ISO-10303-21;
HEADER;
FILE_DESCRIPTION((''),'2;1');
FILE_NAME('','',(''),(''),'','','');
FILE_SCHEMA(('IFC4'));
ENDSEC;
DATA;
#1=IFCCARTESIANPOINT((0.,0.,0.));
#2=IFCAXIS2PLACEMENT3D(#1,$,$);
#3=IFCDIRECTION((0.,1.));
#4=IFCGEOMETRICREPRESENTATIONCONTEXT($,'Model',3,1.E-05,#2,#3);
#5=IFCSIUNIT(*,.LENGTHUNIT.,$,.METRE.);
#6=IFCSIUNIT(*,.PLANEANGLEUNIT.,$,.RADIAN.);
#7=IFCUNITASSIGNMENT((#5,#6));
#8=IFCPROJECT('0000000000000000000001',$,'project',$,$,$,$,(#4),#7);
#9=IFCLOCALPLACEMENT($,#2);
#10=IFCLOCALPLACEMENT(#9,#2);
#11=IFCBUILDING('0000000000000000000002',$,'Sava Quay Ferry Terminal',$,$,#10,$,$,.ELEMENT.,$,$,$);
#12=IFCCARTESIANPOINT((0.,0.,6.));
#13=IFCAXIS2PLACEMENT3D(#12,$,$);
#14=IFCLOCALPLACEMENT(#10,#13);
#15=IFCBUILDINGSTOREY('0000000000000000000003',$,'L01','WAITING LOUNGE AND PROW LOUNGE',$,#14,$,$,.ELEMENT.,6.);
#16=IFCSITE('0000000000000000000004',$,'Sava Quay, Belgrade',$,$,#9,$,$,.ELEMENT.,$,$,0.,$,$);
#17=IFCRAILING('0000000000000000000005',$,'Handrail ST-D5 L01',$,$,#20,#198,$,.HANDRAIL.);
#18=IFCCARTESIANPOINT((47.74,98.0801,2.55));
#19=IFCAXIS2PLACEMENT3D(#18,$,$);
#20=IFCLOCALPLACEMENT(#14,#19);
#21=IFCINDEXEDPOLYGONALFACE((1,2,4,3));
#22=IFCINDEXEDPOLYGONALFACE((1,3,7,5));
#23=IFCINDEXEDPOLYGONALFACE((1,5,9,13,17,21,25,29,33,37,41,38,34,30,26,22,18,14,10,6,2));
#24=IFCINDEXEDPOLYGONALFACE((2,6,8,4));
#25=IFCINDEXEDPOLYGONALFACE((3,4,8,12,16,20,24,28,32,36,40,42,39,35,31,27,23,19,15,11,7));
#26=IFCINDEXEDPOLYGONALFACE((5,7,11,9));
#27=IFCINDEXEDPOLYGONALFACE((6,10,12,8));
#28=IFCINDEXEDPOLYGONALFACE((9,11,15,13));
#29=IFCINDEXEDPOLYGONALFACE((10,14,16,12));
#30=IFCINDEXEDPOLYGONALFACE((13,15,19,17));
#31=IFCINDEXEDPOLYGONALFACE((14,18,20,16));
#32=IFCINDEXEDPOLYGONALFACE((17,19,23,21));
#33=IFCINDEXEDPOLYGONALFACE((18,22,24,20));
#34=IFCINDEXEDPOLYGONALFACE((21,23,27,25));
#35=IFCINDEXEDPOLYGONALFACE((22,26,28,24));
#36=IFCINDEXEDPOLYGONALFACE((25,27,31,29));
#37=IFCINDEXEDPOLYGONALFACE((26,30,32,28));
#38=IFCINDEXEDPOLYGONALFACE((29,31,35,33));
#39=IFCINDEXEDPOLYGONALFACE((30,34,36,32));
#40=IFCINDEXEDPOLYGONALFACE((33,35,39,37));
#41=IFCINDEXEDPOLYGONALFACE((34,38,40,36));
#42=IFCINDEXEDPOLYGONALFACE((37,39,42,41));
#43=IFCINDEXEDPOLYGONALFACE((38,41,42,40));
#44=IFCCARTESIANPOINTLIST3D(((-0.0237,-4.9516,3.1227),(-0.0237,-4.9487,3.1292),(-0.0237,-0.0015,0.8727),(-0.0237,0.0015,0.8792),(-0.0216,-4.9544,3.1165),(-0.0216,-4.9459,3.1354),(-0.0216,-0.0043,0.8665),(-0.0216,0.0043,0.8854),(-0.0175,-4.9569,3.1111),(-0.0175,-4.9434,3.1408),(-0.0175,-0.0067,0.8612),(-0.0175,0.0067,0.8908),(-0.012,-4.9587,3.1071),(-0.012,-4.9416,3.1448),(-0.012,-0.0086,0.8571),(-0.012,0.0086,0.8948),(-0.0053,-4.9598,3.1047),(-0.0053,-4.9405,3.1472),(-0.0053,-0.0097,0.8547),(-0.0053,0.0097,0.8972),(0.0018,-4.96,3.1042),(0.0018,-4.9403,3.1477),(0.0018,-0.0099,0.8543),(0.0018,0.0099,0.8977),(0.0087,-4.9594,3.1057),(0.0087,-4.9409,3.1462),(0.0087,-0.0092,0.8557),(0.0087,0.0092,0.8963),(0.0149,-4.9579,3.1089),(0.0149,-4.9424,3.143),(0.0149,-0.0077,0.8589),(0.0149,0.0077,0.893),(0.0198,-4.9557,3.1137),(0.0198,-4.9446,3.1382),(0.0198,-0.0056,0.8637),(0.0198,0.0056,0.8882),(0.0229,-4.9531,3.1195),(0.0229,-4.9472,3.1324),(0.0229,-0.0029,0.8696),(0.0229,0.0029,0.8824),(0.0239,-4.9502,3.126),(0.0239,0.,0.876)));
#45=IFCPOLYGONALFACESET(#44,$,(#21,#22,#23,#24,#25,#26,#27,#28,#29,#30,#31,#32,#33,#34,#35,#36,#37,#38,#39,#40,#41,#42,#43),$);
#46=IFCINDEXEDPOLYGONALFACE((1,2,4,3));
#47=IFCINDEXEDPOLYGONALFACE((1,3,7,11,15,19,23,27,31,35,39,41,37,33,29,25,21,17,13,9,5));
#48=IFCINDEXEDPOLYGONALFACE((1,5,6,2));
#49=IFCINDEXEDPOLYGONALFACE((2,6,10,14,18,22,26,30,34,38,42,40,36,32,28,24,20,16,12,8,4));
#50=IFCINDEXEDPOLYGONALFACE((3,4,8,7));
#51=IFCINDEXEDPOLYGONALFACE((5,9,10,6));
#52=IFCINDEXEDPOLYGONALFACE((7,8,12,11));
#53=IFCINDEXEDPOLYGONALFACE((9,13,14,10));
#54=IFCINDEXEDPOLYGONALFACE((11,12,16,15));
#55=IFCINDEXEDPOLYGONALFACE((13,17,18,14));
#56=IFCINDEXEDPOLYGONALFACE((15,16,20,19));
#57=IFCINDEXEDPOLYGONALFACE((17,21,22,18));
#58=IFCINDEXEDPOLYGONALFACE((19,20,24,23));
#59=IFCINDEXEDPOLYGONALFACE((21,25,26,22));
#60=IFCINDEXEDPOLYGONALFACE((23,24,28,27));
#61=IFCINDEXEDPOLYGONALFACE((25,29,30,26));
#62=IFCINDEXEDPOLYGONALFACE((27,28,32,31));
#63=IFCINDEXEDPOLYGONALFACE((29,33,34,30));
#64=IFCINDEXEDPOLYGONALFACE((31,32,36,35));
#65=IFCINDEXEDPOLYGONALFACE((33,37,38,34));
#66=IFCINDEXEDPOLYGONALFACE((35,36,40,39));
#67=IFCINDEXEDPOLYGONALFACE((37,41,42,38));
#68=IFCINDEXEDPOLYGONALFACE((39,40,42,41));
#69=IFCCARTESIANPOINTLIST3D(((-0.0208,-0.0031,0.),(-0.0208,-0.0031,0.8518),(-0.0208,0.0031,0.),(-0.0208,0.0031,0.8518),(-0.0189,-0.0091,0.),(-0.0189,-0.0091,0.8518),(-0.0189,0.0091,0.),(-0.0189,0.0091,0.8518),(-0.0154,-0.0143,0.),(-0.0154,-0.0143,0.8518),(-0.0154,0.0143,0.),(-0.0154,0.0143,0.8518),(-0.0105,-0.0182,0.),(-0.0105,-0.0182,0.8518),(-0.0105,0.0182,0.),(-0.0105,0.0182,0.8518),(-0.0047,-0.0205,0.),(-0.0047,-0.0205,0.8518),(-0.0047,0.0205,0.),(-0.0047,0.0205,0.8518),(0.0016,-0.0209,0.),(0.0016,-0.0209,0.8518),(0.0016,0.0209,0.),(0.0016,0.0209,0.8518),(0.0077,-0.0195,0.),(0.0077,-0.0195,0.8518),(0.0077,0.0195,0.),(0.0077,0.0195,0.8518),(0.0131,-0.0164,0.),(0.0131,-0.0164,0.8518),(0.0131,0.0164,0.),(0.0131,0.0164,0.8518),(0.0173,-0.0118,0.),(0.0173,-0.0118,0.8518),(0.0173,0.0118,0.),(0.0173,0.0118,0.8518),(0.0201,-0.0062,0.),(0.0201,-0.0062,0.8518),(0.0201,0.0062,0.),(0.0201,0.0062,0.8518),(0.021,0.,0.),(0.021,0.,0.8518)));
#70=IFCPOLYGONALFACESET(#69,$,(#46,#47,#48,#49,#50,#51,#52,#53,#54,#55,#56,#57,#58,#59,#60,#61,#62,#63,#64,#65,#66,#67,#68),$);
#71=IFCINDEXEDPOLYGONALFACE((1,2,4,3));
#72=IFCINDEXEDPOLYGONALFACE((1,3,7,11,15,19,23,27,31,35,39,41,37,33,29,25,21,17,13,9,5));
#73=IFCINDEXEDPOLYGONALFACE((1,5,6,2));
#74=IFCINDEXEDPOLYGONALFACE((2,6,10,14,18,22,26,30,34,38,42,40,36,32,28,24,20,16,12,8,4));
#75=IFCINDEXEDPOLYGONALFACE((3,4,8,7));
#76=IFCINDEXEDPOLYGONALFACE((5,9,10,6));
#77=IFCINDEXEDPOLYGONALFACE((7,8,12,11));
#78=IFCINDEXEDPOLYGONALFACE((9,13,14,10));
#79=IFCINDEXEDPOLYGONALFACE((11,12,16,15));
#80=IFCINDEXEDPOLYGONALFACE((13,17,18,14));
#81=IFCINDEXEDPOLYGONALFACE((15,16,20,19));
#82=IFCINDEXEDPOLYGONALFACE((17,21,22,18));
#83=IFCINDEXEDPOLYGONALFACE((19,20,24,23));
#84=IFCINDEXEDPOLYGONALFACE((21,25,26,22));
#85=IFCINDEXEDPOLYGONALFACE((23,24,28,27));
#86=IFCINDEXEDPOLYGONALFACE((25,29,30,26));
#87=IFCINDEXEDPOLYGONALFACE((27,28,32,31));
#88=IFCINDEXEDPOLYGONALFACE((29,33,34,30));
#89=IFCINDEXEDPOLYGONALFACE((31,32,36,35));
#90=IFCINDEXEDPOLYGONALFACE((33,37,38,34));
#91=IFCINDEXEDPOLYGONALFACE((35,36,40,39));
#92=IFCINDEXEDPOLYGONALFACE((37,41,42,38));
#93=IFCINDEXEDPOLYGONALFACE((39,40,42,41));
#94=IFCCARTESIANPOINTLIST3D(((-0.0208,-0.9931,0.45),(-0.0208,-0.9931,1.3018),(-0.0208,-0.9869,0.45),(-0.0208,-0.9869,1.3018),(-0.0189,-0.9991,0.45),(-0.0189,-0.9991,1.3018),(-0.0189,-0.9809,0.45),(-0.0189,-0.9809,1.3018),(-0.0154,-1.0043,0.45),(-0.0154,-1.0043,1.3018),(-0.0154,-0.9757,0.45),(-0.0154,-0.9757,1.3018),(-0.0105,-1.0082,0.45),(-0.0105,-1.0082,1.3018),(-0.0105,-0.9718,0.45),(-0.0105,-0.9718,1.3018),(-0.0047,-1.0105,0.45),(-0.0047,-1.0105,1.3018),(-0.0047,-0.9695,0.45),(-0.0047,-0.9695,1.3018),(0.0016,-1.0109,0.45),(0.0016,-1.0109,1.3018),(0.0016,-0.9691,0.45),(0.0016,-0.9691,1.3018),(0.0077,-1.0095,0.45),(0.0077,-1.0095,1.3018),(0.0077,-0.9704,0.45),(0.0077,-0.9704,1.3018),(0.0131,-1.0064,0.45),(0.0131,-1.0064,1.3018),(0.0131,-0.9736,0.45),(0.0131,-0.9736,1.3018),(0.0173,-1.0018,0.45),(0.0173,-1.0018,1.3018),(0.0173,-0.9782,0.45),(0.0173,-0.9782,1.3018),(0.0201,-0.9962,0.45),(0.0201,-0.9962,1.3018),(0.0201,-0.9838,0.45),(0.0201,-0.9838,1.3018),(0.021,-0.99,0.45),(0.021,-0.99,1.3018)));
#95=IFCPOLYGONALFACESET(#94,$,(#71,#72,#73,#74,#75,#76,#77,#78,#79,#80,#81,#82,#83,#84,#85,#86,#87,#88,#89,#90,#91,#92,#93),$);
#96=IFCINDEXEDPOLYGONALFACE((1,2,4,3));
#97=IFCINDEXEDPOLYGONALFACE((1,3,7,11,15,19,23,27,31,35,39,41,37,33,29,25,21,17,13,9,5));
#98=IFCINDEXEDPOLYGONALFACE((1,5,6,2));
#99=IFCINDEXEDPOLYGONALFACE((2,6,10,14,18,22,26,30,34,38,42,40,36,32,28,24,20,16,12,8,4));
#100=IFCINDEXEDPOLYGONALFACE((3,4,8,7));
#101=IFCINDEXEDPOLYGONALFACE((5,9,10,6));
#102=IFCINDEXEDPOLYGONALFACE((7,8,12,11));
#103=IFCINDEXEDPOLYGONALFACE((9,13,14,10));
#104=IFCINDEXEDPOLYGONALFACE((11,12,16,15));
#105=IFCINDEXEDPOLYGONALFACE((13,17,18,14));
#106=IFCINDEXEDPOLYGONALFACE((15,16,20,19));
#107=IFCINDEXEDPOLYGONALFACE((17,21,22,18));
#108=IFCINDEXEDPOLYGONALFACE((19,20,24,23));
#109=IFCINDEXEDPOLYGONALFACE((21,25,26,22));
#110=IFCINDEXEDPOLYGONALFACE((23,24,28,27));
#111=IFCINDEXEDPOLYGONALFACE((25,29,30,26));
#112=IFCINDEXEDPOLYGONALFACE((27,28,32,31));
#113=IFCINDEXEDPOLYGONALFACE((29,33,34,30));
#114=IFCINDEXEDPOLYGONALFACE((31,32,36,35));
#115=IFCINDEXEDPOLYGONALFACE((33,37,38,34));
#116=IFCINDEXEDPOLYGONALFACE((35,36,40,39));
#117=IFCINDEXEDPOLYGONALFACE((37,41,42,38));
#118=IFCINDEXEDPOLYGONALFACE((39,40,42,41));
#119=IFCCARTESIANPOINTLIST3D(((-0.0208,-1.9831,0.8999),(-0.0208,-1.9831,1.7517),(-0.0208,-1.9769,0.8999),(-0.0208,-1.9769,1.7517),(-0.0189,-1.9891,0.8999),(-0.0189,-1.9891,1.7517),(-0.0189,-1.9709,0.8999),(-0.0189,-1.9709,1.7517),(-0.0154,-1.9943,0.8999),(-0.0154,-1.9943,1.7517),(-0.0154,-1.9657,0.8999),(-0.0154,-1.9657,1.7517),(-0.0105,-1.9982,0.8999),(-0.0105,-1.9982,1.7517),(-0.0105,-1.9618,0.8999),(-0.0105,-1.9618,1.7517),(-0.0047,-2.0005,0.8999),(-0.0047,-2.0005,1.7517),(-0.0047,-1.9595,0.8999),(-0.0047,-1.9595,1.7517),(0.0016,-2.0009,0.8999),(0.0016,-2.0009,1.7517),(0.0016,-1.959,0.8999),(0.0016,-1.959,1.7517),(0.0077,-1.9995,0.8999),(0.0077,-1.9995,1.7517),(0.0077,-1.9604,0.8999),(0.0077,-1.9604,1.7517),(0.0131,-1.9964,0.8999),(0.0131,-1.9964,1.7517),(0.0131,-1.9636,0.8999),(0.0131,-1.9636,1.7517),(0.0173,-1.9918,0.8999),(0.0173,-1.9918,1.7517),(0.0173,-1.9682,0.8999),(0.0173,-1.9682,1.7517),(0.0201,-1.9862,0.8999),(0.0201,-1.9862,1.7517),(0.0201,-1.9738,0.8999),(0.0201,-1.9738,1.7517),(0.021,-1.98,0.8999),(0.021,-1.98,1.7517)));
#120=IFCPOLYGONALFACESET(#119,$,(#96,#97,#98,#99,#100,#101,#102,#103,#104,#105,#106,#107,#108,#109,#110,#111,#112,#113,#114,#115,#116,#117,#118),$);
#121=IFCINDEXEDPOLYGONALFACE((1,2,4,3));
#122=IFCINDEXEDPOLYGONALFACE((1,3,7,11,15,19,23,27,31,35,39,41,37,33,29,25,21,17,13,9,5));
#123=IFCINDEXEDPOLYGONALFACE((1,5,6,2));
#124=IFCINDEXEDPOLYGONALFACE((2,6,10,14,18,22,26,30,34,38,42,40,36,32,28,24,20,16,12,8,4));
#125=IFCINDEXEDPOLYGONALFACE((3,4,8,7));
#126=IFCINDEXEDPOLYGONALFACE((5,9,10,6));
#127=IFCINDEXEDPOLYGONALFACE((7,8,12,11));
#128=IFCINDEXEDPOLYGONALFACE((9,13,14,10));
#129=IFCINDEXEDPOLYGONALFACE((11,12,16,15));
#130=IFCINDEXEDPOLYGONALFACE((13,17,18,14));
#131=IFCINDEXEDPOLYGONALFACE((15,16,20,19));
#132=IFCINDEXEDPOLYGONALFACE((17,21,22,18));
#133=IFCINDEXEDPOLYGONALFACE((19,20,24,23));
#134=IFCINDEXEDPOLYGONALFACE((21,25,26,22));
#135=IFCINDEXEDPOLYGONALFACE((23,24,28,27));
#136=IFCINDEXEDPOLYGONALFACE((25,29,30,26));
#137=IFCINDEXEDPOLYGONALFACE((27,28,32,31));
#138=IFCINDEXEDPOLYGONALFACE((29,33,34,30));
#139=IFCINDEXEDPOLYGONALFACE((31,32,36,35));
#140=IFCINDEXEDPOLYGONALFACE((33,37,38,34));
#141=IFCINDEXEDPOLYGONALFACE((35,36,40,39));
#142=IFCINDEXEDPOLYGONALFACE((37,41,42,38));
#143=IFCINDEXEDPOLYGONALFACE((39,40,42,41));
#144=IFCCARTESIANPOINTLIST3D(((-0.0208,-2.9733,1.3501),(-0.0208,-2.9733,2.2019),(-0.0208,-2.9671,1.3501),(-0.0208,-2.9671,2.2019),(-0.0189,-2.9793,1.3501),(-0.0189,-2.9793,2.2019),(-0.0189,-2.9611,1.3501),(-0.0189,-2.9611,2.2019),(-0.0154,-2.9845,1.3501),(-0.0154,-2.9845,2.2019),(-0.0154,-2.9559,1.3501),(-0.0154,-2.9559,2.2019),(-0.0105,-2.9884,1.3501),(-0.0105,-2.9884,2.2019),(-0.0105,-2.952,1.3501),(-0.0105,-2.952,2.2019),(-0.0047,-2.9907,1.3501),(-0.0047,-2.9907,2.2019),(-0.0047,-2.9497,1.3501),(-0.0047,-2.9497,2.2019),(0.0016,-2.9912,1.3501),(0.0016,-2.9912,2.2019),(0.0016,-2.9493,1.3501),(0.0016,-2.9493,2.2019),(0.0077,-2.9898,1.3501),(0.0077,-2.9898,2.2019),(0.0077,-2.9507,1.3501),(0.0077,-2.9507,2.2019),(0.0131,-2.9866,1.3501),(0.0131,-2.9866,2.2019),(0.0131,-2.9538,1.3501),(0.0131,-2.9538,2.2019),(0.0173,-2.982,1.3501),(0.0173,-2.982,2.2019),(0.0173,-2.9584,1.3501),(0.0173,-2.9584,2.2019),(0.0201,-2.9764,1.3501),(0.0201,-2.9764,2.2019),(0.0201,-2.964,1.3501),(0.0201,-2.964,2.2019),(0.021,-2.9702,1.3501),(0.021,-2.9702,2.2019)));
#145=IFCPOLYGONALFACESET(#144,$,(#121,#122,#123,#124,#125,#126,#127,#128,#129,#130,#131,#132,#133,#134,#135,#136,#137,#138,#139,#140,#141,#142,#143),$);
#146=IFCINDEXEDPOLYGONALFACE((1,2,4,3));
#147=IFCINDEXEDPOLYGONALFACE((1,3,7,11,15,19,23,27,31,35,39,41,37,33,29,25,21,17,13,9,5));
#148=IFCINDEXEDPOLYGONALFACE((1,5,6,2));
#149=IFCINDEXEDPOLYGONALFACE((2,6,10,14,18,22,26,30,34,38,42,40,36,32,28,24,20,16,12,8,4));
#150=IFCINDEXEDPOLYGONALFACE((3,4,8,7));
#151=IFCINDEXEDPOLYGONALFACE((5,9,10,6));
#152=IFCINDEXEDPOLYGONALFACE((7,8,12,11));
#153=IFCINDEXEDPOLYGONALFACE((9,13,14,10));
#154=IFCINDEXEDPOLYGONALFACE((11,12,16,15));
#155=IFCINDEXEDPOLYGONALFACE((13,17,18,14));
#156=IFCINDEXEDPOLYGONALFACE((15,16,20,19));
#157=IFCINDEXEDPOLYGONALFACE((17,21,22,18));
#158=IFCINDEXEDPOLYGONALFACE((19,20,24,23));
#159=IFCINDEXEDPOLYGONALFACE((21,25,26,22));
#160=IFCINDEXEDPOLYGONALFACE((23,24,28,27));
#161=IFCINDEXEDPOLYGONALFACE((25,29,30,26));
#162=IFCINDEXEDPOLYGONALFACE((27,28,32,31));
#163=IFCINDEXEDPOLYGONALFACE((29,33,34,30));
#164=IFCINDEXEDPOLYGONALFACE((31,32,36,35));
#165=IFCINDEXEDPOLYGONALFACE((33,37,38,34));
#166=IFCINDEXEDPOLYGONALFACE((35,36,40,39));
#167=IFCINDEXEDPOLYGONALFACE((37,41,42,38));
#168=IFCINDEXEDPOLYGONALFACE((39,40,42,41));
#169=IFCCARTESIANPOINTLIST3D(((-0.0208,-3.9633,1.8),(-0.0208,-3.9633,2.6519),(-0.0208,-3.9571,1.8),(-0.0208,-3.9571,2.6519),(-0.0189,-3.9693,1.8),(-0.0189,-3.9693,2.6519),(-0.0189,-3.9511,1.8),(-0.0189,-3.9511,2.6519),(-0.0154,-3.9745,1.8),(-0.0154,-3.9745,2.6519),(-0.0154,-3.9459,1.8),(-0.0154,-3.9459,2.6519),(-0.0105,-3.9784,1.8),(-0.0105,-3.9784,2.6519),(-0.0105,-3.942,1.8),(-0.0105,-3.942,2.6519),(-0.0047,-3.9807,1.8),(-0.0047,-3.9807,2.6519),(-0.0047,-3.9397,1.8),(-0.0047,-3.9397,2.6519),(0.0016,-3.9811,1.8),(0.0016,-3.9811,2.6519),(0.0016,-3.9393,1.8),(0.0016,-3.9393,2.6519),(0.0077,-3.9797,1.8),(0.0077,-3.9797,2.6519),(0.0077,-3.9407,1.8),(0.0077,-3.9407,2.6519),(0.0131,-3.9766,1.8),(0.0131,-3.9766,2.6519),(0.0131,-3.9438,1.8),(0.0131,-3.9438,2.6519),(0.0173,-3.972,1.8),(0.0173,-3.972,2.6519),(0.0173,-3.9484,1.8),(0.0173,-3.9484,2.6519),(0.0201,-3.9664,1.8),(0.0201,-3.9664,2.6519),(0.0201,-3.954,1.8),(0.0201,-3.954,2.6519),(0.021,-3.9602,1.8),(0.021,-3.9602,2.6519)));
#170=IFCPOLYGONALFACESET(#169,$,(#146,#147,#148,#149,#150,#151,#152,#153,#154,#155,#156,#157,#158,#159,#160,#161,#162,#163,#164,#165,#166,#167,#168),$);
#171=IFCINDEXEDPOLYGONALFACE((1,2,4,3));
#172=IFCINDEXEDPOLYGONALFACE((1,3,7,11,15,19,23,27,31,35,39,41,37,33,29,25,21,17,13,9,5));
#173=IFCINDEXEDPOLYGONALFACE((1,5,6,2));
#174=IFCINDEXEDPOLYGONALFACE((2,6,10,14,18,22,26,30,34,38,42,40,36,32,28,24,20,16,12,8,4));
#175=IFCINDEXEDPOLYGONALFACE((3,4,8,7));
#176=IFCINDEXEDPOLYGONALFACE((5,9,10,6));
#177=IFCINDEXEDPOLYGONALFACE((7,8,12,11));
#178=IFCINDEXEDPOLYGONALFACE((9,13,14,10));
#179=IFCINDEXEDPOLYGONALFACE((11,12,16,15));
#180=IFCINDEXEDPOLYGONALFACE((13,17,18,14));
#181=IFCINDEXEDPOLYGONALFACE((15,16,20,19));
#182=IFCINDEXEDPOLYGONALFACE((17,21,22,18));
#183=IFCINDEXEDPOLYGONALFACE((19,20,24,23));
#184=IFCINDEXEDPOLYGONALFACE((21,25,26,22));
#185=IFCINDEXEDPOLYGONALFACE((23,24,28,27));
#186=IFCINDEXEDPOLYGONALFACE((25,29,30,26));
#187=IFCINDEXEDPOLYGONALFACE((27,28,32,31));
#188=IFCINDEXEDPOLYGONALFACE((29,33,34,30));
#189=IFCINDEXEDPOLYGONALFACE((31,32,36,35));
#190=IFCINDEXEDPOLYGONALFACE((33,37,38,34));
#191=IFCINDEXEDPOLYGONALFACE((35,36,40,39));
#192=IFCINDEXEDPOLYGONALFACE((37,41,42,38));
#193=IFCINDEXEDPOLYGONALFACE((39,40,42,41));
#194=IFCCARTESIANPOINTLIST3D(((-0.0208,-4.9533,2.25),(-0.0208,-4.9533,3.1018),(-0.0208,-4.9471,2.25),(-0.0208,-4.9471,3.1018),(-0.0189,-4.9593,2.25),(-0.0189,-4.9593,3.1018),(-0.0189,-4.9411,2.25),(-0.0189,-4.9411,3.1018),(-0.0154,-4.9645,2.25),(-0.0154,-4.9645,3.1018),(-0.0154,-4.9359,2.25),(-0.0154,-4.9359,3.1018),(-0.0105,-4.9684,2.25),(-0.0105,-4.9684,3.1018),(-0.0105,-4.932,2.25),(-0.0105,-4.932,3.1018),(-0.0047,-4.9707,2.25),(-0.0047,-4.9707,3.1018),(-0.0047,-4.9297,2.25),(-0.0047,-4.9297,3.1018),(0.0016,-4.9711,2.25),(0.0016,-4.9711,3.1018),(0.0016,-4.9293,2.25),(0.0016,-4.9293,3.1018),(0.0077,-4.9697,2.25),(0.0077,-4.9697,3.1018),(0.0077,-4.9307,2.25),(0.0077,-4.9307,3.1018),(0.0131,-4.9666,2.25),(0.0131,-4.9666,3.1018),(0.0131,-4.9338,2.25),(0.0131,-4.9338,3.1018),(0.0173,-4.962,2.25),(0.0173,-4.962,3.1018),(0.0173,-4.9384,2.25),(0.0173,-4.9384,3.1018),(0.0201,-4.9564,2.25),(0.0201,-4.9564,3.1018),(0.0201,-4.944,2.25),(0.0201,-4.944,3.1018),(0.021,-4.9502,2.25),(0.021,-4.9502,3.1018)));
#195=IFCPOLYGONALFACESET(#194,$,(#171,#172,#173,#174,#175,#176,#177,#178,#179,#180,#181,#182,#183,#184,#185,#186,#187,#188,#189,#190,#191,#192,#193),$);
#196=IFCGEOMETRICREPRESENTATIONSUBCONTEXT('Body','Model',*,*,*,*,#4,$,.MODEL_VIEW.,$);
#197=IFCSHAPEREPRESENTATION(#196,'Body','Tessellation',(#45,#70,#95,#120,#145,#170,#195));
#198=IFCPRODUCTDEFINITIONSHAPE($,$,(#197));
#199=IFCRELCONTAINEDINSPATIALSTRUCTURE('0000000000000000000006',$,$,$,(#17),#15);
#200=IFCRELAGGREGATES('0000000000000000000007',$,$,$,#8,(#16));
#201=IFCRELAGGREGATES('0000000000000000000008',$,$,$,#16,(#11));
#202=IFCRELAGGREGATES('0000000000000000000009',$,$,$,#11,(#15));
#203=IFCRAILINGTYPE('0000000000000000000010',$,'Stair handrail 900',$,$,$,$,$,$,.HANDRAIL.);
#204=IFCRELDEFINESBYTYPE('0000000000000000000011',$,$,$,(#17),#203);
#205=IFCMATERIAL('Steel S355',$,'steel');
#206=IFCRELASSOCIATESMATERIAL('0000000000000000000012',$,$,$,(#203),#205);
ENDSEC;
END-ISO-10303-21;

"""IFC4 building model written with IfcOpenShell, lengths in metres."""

from ifc_helpers import new_model, si_unit, direction, frame, origin, origin_2d, place, context, subcontext, project, spatial, circle, extrude, material, type_object, element, save


model = new_model("IFC4")

# Units and contexts
model_context = context("Model", 3, precision=1e-05, world=origin(), true_north=direction((0.0, 1.0)))
body_context = subcontext(model_context, "Body", "Model", "MODEL_VIEW")
ifc_project = project(units=[si_unit("LENGTHUNIT", "METRE"), si_unit("PLANEANGLEUNIT", "RADIAN")], contexts=[model_context])

# Site, building, storey
site_placement = place(None, origin())
site = spatial("IfcSite", under=ifc_project, at=site_placement, Name="Sava Quay, Belgrade", CompositionType="ELEMENT", RefElevation=0.0)
building_placement = place(site_placement, origin())
building = spatial("IfcBuilding", under=site, at=building_placement, Name="Sava Quay Ferry Terminal", CompositionType="ELEMENT")
storey_placement = place(building_placement, frame((0.0, 0.0, 6.0)))
storey = spatial("IfcBuildingStorey", under=building, at=storey_placement, Name="L01", Description="WAITING LOUNGE AND PROW LOUNGE", CompositionType="ELEMENT", Elevation=6.0)

# Railing
ifc_material_1 = material(Name="Steel S355", Category="steel")
railing_type_1 = type_object("IfcRailingType", Name="Stair handrail 900", PredefinedType="HANDRAIL", material=ifc_material_1)
railing_1_placement = place(storey_placement, frame((47.74, 98.0801, 2.55)))
element("IfcRailing", 1, at=railing_1_placement, inside=storey, type_object=railing_type_1, Name="Handrail ST-D5 L01", PredefinedType="HANDRAIL", context=body_context, shape_type="SweptSolid", body=[
    extrude(circle(Radius=0.0239, at=origin_2d()), frame((0.0, 0.0, 0.876), z_axis=(0.0, -0.910373, 0.413789), x_axis=(1.0, 0.0, 0.0)), (0.0, 0.0, 1.0), 5.4375),
    extrude(circle(Radius=0.021, at=origin_2d()), origin(), (0.0, 0.0, 1.0), 0.8518),
    extrude(circle(Radius=0.021, at=origin_2d()), frame((0.0, -0.99, 0.45)), (0.0, 0.0, 1.0), 0.8518),
    extrude(circle(Radius=0.021, at=origin_2d()), frame((0.0, -1.98, 0.8999)), (0.0, 0.0, 1.0), 0.8518),
    extrude(circle(Radius=0.021, at=origin_2d()), frame((0.0, -2.9702, 1.3501)), (0.0, 0.0, 1.0), 0.8518),
    extrude(circle(Radius=0.021, at=origin_2d()), frame((0.0, -3.9602, 1.8)), (0.0, 0.0, 1.0), 0.8518),
    extrude(circle(Radius=0.021, at=origin_2d()), frame((0.0, -4.9502, 2.25)), (0.0, 0.0, 1.0), 0.8518),
])

save(model, "model.ifc")
